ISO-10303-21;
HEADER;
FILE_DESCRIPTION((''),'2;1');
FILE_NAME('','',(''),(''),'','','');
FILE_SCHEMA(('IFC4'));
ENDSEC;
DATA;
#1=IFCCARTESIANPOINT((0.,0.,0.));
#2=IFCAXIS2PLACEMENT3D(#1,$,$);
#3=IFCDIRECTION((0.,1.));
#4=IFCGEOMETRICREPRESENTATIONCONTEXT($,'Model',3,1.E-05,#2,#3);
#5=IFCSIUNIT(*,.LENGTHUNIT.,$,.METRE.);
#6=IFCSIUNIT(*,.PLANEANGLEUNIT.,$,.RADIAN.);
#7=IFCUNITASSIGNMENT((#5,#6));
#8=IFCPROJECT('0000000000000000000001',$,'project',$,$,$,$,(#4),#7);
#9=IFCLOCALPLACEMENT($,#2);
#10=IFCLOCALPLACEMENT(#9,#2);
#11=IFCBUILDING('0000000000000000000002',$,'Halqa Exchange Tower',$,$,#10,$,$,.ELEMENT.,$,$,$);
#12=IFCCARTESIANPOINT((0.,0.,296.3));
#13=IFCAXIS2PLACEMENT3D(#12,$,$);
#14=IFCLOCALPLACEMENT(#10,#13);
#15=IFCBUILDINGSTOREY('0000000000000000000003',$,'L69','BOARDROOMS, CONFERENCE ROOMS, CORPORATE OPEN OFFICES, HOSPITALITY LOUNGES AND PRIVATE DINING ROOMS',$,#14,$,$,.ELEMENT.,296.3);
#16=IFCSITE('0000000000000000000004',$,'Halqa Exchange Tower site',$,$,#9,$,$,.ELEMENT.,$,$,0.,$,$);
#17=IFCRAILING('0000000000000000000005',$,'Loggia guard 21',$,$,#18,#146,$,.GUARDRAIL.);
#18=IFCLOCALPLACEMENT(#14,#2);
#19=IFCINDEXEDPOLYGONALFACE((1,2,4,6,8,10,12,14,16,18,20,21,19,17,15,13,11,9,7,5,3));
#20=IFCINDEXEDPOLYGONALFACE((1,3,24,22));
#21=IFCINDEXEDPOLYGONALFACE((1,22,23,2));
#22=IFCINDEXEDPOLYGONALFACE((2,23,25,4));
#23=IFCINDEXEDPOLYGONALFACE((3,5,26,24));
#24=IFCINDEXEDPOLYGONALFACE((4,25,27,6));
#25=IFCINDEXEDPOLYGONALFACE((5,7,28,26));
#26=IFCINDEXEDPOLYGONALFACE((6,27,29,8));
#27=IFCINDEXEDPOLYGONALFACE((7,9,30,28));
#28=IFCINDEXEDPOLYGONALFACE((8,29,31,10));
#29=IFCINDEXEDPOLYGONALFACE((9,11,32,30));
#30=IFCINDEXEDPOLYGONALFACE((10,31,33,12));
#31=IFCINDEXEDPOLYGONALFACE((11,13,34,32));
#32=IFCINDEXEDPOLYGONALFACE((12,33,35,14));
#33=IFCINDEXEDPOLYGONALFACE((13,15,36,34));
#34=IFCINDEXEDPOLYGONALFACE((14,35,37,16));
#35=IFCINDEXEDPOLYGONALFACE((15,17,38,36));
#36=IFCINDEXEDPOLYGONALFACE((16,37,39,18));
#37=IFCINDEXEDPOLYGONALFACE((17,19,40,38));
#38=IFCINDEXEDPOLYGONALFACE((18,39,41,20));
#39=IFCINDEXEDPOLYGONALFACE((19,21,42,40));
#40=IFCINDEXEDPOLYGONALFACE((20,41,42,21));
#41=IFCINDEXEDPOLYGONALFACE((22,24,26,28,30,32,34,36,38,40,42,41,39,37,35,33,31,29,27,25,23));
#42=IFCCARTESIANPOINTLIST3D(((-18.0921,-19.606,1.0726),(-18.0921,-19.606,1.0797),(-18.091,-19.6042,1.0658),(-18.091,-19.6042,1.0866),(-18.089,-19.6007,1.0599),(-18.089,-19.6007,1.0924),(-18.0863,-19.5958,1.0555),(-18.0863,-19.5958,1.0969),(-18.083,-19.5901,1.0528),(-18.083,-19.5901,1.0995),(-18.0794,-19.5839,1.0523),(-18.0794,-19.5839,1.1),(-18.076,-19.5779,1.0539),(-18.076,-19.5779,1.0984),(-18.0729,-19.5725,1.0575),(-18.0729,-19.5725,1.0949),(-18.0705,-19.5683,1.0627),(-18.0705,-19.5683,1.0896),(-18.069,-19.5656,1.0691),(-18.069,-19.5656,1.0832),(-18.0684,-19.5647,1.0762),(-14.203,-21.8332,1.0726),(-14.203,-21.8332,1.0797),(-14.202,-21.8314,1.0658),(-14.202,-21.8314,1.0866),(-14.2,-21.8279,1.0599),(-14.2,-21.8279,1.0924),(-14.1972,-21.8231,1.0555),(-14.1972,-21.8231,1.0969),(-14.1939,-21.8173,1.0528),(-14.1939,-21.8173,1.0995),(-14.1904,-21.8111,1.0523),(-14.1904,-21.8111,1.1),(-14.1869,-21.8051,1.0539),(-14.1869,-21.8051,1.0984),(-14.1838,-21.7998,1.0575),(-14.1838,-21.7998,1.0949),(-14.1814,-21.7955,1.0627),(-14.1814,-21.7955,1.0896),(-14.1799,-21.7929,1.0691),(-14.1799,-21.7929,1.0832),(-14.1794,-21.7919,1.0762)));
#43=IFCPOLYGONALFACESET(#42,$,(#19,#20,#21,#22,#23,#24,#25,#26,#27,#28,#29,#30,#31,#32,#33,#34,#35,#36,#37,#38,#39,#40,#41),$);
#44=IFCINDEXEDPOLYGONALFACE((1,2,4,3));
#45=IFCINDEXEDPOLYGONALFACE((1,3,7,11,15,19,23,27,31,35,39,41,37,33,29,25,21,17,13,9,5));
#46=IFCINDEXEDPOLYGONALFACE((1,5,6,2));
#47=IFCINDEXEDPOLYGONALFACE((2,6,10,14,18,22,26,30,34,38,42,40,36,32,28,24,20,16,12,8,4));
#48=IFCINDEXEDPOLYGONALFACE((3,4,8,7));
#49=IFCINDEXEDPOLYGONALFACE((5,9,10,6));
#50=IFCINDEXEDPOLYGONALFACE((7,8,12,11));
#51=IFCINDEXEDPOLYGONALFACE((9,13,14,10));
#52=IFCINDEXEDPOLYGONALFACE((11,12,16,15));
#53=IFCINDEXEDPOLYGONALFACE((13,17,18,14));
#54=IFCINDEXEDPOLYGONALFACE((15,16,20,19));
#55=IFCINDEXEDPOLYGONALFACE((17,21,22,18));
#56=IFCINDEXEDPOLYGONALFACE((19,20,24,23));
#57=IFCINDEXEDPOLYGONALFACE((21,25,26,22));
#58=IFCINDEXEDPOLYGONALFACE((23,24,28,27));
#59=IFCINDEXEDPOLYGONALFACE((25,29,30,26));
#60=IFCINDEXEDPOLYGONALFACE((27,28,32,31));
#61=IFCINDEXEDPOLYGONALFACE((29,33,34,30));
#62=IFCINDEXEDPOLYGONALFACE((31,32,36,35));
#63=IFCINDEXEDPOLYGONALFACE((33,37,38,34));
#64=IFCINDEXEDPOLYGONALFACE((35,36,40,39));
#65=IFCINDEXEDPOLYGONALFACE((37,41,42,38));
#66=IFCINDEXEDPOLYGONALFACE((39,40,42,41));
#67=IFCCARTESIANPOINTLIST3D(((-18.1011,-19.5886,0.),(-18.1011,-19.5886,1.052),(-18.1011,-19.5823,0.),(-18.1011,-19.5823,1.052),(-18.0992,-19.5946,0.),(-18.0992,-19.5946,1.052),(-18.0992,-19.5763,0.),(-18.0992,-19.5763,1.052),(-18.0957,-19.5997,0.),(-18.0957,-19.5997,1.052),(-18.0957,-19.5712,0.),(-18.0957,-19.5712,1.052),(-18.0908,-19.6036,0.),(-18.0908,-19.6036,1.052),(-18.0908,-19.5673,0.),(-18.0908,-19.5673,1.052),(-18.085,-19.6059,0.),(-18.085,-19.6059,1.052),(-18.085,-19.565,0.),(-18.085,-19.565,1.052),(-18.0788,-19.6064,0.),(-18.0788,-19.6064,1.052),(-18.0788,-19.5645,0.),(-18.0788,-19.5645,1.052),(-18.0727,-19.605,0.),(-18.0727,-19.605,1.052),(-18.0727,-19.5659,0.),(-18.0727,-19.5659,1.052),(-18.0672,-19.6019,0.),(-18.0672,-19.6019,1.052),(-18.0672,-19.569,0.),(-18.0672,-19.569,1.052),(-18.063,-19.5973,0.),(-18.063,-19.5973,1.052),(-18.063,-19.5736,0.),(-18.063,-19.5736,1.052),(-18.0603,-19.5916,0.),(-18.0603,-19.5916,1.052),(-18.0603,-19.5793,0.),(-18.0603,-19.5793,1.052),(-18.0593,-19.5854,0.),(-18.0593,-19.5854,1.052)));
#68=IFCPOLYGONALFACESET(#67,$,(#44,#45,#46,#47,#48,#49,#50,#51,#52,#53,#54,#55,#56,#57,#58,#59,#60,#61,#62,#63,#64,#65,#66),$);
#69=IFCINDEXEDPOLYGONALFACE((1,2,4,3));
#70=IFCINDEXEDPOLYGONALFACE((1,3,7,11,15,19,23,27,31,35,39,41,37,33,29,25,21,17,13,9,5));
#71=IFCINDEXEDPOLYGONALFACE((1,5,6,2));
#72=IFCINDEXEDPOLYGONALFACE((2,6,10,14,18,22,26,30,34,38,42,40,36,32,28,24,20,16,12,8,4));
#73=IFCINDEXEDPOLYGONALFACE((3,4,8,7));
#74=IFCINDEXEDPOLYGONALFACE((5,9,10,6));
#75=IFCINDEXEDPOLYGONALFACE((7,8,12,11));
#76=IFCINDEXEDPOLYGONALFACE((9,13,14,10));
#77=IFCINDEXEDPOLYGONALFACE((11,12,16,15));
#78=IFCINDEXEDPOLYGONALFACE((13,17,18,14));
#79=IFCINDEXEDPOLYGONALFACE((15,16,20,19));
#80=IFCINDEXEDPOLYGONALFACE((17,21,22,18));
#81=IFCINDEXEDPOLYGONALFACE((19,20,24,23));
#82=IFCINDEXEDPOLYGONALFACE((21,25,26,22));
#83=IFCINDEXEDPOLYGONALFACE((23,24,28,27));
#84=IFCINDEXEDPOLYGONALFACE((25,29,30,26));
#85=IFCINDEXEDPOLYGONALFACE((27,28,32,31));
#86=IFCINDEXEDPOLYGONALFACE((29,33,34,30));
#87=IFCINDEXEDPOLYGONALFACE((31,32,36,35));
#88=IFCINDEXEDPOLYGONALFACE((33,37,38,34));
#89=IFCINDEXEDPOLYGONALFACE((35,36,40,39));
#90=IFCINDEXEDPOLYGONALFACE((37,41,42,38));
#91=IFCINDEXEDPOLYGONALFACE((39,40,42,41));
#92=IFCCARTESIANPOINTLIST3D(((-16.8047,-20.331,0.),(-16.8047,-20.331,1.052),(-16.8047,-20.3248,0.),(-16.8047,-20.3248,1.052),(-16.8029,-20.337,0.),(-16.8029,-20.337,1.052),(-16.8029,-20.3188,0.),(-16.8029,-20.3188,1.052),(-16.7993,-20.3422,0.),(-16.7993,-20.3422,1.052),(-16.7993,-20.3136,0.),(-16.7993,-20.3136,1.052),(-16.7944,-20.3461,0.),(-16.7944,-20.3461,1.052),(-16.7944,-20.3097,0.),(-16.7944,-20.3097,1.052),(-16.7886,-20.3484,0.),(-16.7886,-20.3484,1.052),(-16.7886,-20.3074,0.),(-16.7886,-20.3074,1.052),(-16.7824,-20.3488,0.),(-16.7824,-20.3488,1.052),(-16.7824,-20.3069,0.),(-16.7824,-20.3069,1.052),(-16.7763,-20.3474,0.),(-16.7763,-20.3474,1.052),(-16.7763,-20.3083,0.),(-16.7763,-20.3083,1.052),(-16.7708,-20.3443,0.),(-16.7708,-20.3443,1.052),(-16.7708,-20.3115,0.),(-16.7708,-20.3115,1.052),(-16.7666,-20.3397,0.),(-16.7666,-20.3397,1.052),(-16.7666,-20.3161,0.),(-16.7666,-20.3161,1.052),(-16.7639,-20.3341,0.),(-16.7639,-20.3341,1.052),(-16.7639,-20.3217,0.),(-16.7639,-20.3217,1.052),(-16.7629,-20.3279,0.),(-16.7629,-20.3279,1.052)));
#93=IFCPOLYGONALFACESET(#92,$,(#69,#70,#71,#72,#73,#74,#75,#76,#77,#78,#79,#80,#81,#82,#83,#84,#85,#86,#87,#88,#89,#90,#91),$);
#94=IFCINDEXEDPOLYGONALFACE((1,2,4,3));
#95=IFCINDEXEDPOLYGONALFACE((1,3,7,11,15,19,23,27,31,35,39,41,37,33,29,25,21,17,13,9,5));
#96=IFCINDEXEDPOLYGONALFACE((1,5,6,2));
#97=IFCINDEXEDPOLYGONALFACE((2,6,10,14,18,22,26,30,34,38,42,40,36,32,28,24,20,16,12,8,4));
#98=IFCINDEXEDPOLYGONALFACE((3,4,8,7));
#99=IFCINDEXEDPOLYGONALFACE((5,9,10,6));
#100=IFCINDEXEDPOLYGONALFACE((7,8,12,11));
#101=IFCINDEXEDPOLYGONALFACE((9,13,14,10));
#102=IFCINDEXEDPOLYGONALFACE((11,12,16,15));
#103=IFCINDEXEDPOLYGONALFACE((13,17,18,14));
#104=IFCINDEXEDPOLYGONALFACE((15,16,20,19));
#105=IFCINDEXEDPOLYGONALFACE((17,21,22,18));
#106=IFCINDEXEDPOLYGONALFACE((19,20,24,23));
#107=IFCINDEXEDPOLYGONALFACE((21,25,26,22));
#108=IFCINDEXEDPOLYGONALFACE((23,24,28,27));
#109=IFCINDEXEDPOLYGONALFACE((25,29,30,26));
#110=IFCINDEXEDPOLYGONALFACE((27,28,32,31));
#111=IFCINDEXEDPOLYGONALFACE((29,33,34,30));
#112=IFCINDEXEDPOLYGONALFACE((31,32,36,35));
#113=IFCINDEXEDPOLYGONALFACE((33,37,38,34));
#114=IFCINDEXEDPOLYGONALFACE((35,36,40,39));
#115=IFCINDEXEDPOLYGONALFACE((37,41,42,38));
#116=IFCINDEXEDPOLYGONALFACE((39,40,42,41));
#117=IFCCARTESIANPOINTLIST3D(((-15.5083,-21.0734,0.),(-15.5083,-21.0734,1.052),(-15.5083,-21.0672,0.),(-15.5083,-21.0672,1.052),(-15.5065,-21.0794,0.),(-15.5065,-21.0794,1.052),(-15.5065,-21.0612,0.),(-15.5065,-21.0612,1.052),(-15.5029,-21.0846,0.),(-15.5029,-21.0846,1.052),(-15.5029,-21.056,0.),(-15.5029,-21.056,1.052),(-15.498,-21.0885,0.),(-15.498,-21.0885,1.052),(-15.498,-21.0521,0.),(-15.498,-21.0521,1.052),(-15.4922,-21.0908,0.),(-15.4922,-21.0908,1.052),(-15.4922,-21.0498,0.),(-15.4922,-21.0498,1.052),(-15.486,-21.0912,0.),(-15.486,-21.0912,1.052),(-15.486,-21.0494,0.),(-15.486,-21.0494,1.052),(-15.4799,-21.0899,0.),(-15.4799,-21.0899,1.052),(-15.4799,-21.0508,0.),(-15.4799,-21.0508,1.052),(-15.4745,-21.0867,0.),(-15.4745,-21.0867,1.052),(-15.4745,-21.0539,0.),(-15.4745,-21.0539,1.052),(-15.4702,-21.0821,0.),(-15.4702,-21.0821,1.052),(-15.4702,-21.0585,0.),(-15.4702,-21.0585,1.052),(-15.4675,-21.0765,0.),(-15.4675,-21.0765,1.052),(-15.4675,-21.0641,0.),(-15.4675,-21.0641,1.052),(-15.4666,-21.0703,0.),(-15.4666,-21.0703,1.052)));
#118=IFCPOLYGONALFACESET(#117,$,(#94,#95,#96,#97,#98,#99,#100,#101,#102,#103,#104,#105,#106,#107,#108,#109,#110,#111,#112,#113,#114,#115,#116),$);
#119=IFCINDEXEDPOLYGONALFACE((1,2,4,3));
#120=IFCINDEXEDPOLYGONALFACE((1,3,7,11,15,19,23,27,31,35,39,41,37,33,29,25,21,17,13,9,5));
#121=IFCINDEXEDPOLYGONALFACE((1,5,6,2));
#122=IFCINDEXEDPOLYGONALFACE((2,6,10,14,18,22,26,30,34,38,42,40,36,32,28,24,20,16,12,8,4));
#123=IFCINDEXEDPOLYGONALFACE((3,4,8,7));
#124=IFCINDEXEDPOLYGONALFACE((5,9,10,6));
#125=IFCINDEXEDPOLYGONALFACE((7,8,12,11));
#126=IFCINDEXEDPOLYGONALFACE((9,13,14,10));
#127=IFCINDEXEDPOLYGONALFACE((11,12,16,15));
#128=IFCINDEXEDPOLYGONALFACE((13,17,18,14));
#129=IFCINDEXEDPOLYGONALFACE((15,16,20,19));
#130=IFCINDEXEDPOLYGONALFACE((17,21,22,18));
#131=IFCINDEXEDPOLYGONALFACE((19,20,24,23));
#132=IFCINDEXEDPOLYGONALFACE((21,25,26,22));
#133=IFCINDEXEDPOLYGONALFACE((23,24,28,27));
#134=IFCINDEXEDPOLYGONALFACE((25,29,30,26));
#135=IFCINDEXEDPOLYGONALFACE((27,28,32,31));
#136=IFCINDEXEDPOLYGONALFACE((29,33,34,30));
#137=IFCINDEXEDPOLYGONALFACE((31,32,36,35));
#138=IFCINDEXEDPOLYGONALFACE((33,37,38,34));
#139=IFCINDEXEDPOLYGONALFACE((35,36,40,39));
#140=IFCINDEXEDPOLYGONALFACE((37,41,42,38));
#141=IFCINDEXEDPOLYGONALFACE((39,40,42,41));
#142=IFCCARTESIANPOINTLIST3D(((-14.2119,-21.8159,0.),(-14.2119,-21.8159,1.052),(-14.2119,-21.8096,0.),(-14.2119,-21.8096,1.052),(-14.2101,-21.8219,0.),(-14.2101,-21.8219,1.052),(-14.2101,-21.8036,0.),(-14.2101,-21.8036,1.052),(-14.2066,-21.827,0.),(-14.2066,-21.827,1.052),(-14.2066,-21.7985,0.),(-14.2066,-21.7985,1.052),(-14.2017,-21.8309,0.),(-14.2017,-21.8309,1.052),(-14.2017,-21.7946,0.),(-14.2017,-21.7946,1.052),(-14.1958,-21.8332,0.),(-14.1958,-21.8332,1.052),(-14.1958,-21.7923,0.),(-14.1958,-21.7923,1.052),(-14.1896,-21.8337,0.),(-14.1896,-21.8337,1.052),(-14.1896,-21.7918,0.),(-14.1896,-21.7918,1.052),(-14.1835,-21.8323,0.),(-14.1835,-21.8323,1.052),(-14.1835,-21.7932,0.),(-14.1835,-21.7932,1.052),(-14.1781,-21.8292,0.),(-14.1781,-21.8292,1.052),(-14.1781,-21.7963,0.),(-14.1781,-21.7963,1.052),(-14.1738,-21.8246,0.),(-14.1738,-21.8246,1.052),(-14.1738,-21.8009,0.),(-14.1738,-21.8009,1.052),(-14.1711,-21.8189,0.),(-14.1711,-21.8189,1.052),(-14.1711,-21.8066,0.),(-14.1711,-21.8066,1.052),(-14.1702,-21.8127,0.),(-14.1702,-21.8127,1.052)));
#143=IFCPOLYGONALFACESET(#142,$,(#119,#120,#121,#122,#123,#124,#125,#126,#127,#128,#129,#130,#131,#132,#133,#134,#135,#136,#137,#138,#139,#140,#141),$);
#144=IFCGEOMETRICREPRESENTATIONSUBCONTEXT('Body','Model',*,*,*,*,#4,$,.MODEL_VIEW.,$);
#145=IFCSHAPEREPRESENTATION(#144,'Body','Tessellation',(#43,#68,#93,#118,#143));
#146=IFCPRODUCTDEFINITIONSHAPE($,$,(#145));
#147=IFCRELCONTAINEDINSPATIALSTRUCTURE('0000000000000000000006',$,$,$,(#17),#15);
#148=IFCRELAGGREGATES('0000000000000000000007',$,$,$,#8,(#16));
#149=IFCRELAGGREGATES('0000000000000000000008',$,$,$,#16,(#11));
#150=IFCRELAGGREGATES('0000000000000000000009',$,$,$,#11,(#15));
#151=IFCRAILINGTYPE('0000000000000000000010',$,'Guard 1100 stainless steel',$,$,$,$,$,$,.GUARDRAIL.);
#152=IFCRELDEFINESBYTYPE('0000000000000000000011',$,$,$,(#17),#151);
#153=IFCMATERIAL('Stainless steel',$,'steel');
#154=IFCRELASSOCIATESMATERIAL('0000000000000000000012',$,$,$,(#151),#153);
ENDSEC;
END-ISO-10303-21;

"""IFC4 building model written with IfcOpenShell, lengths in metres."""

from ifc_helpers import new_model, si_unit, direction, frame, origin, origin_2d, place, context, subcontext, project, spatial, circle, extrude, material, type_object, element, save


model = new_model("IFC4")

# Units and contexts
model_context = context("Model", 3, precision=1e-05, world=origin(), true_north=direction((0.0, 1.0)))
body_context = subcontext(model_context, "Body", "Model", "MODEL_VIEW")
ifc_project = project(units=[si_unit("LENGTHUNIT", "METRE"), si_unit("PLANEANGLEUNIT", "RADIAN")], contexts=[model_context])

# Site, building, storey
site_placement = place(None, origin())
site = spatial("IfcSite", under=ifc_project, at=site_placement, Name="Halqa Exchange Tower site", CompositionType="ELEMENT", RefElevation=0.0)
building_placement = place(site_placement, origin())
building = spatial("IfcBuilding", under=site, at=building_placement, Name="Halqa Exchange Tower", CompositionType="ELEMENT")
storey_placement = place(building_placement, frame((0.0, 0.0, 296.3)))
storey = spatial("IfcBuildingStorey", under=building, at=storey_placement, Name="L69", Description="BOARDROOMS, CONFERENCE ROOMS, CORPORATE OPEN OFFICES, HOSPITALITY LOUNGES AND PRIVATE DINING ROOMS", CompositionType="ELEMENT", Elevation=296.3)

# Railing
ifc_material_1 = material(Name="Stainless steel", Category="steel")
railing_type = type_object("IfcRailingType", Name="Guard 1100 stainless steel", PredefinedType="GUARDRAIL", material=ifc_material_1)
railing_1_placement = place(storey_placement, frame((-18.0803, -19.5854, 0.0)))
element("IfcRailing", 1, at=railing_1_placement, inside=storey, type_object=railing_type, Name="Loggia guard 21", PredefinedType="GUARDRAIL", context=body_context, shape_type="SweptSolid", body=[
    extrude(circle(Radius=0.0239, at=origin_2d()), frame((0.0, 0.0, 1.0762), z_axis=(0.86777, -0.496966, 0.0), x_axis=(0.496966, 0.86777, 0.0)), (0.0, 0.0, 1.0), 4.4817),
    extrude(circle(Radius=0.021, at=origin_2d()), origin(), (0.0, 0.0, 1.0), 1.052),
    extrude(circle(Radius=0.021, at=origin_2d()), frame((1.2964, -0.7424, 0.0)), (0.0, 0.0, 1.0), 1.052),
    extrude(circle(Radius=0.021, at=origin_2d()), frame((2.5928, -1.4849, 0.0)), (0.0, 0.0, 1.0), 1.052),
    extrude(circle(Radius=0.021, at=origin_2d()), frame((3.8892, -2.2273, 0.0)), (0.0, 0.0, 1.0), 1.052),
])

save(model, "model.ifc")
